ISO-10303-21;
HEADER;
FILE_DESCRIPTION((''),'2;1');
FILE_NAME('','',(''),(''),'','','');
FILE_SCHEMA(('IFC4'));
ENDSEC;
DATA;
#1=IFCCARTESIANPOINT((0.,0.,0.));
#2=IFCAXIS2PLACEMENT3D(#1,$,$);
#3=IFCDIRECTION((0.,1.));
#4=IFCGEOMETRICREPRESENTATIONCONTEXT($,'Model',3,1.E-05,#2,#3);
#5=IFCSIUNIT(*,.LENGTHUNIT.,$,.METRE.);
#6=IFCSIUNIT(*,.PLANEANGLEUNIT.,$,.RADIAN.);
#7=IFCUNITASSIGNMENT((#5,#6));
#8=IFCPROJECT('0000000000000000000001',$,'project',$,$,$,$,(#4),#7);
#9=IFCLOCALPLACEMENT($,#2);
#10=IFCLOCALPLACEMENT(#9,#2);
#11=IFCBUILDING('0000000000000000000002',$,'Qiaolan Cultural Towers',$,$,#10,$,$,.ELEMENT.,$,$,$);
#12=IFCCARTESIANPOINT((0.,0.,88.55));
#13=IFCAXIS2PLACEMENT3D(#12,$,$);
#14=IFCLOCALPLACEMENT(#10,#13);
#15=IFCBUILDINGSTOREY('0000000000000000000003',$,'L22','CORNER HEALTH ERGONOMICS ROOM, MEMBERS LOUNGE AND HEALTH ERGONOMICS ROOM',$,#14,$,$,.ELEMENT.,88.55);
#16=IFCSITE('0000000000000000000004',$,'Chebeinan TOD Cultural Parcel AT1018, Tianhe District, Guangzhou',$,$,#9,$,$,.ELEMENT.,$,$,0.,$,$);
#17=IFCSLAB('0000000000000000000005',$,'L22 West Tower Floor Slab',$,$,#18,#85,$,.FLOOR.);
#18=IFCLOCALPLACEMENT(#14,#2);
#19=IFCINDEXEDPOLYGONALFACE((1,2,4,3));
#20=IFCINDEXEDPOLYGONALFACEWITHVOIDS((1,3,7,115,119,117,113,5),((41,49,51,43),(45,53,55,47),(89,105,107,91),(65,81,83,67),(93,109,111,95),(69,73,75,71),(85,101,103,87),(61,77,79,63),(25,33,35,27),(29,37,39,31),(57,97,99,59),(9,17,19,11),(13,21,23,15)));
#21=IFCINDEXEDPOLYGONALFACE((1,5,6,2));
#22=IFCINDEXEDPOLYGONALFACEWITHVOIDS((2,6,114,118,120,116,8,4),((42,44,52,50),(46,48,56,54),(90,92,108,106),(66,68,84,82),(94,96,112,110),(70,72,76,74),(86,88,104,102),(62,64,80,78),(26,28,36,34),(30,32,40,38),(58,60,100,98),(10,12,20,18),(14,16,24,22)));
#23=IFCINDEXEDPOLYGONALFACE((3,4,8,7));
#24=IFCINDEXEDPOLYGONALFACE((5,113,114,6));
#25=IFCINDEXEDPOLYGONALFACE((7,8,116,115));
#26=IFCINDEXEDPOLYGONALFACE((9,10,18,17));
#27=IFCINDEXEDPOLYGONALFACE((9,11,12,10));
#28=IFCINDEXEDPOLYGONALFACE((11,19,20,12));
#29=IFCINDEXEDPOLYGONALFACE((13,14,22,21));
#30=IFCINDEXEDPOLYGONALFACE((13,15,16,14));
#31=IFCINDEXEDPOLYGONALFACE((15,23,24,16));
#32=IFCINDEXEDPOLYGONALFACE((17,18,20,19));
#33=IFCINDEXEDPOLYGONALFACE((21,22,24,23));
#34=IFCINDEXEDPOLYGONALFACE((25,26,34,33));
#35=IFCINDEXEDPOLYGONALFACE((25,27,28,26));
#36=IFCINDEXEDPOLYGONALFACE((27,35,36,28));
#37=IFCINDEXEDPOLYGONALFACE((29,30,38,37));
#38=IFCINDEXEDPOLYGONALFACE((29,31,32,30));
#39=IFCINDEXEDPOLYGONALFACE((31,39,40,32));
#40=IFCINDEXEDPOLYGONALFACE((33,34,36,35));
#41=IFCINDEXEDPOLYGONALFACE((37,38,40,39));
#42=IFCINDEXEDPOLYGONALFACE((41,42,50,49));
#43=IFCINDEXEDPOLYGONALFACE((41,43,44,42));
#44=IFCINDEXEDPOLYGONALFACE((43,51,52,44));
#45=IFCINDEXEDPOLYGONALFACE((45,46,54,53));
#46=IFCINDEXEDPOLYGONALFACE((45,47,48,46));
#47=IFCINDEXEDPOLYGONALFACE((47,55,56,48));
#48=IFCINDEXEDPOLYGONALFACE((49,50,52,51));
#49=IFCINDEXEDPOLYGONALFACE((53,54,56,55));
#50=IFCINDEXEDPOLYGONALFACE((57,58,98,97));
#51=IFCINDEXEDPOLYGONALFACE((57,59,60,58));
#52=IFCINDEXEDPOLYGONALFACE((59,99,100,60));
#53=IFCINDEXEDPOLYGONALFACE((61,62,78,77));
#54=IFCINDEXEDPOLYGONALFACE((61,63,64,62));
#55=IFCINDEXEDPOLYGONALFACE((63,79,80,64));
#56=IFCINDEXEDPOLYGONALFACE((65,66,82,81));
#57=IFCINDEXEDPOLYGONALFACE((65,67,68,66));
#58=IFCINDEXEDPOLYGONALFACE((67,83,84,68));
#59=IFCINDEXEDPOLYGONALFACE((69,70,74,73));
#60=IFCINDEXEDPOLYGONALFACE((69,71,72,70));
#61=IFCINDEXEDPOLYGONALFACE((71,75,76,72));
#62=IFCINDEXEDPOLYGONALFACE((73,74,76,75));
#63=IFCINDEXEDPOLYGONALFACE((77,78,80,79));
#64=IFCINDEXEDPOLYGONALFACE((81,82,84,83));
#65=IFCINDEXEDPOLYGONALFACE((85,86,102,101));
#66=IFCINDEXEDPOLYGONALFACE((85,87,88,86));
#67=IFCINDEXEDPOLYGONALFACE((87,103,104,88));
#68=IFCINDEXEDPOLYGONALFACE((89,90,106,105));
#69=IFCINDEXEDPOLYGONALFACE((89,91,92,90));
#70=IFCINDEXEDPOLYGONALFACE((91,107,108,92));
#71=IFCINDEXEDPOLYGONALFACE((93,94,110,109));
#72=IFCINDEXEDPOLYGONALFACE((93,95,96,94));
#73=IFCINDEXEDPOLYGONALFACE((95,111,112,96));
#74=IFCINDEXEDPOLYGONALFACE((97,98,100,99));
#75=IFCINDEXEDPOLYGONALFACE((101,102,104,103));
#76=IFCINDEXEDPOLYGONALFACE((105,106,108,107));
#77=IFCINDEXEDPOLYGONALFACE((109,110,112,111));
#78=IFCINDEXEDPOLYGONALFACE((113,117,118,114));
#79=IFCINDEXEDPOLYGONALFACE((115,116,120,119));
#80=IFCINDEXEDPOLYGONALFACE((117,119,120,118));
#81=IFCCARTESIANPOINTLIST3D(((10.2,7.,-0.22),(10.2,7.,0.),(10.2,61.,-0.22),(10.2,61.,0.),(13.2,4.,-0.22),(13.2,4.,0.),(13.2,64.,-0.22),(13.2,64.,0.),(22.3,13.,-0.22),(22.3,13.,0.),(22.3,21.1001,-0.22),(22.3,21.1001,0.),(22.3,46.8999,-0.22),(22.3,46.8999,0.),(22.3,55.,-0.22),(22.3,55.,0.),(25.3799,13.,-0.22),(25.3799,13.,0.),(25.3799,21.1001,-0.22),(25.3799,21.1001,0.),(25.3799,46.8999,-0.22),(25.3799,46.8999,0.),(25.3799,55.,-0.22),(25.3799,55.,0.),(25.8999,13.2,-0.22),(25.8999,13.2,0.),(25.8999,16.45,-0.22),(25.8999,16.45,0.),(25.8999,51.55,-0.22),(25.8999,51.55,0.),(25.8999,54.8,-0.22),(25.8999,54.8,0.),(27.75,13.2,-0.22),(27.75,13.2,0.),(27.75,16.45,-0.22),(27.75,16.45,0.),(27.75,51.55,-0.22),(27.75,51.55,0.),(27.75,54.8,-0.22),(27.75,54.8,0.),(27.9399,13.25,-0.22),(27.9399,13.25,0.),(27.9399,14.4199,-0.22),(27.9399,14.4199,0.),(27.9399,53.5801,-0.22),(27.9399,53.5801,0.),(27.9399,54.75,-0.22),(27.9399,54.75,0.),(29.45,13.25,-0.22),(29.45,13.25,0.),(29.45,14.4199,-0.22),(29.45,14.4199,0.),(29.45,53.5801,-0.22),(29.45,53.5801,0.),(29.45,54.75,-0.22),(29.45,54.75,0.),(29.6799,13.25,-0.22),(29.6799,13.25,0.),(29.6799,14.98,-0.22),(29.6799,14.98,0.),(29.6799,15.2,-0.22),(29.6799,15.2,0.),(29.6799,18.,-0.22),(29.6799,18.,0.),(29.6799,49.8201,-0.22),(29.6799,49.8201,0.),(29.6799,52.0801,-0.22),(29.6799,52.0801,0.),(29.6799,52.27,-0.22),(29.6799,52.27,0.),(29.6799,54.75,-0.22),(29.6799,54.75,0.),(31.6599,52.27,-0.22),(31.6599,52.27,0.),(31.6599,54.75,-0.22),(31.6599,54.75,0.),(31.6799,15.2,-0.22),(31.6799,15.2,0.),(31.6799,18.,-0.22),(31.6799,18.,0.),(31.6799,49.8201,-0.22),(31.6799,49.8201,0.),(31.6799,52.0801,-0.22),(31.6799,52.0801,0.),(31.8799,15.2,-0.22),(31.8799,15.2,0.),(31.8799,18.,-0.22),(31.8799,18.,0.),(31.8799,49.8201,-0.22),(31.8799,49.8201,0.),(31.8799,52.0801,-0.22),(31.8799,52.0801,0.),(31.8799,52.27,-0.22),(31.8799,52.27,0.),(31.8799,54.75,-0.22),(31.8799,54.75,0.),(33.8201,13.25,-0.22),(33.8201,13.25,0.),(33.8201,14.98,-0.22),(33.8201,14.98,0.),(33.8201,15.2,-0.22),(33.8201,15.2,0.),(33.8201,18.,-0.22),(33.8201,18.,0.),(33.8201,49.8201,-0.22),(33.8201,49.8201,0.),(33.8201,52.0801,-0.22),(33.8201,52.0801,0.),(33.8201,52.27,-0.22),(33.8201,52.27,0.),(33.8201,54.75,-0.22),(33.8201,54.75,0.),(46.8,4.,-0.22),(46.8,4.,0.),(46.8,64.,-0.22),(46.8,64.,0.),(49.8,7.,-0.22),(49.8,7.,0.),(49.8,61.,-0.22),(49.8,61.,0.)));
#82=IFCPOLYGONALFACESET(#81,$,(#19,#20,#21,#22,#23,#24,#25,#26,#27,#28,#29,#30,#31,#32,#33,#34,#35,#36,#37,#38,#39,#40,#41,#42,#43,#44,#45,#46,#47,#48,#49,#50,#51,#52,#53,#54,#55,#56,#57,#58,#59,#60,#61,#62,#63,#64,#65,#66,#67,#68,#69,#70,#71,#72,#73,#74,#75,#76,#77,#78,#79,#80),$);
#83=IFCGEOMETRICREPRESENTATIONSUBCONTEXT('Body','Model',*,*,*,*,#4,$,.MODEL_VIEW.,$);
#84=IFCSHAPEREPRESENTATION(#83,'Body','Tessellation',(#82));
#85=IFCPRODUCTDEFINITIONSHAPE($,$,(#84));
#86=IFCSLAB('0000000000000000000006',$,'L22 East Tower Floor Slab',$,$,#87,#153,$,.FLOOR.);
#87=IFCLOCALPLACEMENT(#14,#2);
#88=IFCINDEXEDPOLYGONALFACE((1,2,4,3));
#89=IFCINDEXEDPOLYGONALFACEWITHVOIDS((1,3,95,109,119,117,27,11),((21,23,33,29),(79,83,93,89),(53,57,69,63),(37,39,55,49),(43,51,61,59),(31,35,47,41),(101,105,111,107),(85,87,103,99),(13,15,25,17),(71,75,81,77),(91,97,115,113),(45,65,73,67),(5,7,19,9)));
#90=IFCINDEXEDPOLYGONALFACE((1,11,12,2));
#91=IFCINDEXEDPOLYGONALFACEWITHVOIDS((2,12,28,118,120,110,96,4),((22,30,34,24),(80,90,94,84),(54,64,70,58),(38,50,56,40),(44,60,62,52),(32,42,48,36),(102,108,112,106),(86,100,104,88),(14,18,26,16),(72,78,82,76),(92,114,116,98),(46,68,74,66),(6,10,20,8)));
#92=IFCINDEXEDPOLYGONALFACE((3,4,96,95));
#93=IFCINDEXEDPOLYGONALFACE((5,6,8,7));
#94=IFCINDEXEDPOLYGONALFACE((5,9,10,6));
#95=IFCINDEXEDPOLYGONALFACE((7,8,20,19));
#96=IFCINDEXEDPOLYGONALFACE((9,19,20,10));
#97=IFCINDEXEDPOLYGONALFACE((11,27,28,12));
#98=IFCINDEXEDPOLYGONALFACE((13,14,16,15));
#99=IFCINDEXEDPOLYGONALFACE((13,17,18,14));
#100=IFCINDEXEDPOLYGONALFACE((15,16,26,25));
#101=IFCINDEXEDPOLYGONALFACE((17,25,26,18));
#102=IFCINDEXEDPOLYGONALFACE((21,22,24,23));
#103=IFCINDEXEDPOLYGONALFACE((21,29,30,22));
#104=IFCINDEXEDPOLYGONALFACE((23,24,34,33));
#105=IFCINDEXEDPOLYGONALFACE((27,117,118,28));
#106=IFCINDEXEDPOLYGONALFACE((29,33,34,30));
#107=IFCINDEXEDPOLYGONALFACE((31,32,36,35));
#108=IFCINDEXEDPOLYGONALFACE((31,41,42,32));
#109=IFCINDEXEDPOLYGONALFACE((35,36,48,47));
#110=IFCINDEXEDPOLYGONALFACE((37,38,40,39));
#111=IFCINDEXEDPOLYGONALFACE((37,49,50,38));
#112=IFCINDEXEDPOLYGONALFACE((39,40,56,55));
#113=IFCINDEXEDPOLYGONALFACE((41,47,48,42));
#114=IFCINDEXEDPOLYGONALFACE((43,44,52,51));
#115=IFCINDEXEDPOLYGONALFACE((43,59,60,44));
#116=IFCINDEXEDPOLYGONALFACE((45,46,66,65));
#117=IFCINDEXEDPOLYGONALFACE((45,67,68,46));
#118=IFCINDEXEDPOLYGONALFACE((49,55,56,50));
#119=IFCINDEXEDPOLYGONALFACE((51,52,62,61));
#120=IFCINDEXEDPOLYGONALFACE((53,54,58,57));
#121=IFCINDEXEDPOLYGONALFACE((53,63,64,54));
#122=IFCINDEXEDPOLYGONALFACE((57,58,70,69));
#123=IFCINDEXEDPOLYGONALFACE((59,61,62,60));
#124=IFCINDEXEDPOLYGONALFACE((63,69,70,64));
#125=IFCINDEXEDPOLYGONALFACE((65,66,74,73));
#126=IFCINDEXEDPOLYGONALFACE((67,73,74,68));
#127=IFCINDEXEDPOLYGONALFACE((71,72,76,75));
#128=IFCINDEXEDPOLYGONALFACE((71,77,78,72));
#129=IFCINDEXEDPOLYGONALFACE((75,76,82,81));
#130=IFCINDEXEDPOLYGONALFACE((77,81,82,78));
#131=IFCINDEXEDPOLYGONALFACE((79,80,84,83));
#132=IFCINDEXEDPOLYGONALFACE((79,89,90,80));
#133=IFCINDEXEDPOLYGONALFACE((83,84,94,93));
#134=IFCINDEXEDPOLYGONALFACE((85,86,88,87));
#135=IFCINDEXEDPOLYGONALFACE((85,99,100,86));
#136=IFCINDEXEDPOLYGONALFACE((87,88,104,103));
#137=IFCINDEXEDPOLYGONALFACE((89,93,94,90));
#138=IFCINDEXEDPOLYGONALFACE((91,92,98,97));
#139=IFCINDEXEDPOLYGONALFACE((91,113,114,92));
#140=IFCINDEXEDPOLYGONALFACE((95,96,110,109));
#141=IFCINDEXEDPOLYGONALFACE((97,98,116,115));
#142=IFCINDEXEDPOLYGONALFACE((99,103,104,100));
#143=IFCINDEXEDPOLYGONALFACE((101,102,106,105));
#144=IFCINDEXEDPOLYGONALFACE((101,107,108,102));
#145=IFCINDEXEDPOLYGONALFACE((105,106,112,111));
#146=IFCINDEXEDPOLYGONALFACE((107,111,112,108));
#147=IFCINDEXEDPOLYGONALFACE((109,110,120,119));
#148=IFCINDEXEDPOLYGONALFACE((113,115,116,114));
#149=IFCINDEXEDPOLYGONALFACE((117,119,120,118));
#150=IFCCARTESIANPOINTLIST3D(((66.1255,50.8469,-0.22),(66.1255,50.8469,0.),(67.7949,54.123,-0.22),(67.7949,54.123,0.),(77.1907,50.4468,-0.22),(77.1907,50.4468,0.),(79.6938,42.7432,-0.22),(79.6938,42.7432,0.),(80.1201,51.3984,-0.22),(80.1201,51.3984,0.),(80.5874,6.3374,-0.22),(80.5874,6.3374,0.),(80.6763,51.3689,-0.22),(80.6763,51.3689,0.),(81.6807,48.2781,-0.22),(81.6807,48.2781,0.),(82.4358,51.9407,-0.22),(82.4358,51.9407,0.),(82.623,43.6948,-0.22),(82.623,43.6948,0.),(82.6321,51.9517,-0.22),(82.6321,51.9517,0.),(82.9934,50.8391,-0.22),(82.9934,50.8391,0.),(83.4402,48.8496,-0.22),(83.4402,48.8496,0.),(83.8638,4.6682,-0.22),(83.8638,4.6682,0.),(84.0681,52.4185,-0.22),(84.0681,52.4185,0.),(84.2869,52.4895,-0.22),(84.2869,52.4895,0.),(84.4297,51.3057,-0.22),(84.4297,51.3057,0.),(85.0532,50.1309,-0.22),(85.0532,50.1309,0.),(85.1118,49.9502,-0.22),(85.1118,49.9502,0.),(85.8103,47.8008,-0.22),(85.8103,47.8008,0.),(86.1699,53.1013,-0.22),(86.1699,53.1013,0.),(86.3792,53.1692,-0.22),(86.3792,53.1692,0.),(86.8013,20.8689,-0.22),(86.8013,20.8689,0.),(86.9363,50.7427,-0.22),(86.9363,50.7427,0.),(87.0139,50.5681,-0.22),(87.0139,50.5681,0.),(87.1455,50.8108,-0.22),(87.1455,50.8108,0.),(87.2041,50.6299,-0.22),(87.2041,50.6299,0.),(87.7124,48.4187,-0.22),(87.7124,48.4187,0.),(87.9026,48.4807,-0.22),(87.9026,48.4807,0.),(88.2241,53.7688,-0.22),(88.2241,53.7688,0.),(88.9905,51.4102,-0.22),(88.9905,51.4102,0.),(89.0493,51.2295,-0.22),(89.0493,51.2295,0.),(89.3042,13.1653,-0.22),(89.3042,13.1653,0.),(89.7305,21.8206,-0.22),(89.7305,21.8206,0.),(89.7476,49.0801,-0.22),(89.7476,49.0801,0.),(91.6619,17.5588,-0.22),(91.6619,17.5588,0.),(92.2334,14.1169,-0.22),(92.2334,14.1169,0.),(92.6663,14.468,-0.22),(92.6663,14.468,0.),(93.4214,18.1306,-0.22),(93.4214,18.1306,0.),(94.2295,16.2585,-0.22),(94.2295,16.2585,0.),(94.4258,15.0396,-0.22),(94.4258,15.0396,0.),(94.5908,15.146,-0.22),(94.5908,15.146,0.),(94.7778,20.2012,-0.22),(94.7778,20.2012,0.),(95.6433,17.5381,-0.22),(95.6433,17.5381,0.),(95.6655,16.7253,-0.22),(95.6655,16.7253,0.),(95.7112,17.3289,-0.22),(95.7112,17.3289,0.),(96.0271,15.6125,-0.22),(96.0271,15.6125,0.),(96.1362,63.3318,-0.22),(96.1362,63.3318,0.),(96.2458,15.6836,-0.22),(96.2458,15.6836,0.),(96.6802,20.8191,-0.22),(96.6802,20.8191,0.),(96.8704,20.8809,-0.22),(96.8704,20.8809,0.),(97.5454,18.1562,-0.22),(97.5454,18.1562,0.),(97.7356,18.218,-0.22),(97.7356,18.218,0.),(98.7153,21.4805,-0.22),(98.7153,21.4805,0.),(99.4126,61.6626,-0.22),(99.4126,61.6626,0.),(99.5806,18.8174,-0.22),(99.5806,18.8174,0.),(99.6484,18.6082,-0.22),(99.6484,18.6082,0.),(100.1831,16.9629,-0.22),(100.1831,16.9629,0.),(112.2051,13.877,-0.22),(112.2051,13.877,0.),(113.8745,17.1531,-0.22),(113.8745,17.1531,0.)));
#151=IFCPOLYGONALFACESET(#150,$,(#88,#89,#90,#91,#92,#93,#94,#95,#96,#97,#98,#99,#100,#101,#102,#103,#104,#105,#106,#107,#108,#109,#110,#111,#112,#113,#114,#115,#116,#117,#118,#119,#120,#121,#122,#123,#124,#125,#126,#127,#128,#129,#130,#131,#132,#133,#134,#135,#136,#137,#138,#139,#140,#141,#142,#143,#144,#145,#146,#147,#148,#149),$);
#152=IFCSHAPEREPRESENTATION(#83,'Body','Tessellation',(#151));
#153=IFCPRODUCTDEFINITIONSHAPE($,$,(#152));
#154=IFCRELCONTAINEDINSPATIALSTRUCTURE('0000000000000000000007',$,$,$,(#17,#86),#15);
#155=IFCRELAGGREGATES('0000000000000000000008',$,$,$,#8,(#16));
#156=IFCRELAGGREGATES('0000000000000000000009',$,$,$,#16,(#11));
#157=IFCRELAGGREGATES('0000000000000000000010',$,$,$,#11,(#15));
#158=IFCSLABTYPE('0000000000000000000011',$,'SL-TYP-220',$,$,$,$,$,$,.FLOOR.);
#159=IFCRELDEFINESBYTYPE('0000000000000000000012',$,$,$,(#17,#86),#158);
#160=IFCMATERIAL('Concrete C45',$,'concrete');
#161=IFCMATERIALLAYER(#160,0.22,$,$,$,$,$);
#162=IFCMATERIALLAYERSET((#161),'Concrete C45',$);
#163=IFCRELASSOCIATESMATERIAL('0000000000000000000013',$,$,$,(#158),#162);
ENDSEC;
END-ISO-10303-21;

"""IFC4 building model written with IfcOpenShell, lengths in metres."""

from ifc_helpers import new_model, si_unit, direction, frame, origin, place, context, subcontext, project, spatial, polyline, outline, extrude, material, layer, layer_set, type_object, element, save


model = new_model("IFC4")

# Units and contexts
model_context = context("Model", 3, precision=1e-05, world=origin(), true_north=direction((0.0, 1.0)))
body_context = subcontext(model_context, "Body", "Model", "MODEL_VIEW")
ifc_project = project(units=[si_unit("LENGTHUNIT", "METRE"), si_unit("PLANEANGLEUNIT", "RADIAN")], contexts=[model_context])

# Site, building, storey
site_placement = place(None, origin())
site = spatial("IfcSite", under=ifc_project, at=site_placement, Name="Chebeinan TOD Cultural Parcel AT1018, Tianhe District, Guangzhou", CompositionType="ELEMENT", RefElevation=0.0)
building_placement = place(site_placement, origin())
building = spatial("IfcBuilding", under=site, at=building_placement, Name="Qiaolan Cultural Towers", CompositionType="ELEMENT")
storey_placement = place(building_placement, frame((0.0, 0.0, 88.55)))
storey = spatial("IfcBuildingStorey", under=building, at=storey_placement, Name="L22", Description="CORNER HEALTH ERGONOMICS ROOM, MEMBERS LOUNGE AND HEALTH ERGONOMICS ROOM", CompositionType="ELEMENT", Elevation=88.55)

# Slabs
ifc_material_1 = material(Name="Concrete C45", Category="concrete")
ifc_layer_1 = layer(ifc_material_1, 0.22)
ifc_layer_set_1 = layer_set([ifc_layer_1], Name="Concrete C45")
slab_type_1 = type_object("IfcSlabType", Name="SL-TYP-220", PredefinedType="FLOOR", material=ifc_layer_set_1)
slab_1_placement = place(storey_placement, frame((0.0, 0.0, -0.22)))
element("IfcSlab", 1, at=slab_1_placement, inside=storey, type_object=slab_type_1, Name="L22 West Tower Floor Slab", PredefinedType="FLOOR", context=body_context, shape_type="SweptSolid", body=[
    extrude(outline(polyline([(13.2, 4.0), (46.8, 4.0), (49.8, 7.0), (49.8, 61.0), (46.8, 64.0), (13.2, 64.0), (10.2, 61.0), (10.2, 7.0), (13.2, 4.0)]), holes=[polyline([(22.3, 21.1001), (22.3, 13.0), (25.3799, 13.0), (25.3799, 21.1001), (22.3, 21.1001)]), polyline([(25.3799, 46.8999), (25.3799, 55.0), (22.3, 55.0), (22.3, 46.8999), (25.3799, 46.8999)]), polyline([(25.8999, 13.2), (27.75, 13.2), (27.75, 16.45), (25.8999, 16.45), (25.8999, 13.2)]), polyline([(27.9399, 13.25), (29.45, 13.25), (29.45, 14.4199), (27.9399, 14.4199), (27.9399, 13.25)]), polyline([(29.6799, 15.2), (31.6799, 15.2), (31.6799, 18.0), (29.6799, 18.0), (29.6799, 15.2)]), polyline([(31.8799, 15.2), (33.8201, 15.2), (33.8201, 18.0), (31.8799, 18.0), (31.8799, 15.2)]), polyline([(29.6799, 13.25), (33.8201, 13.25), (33.8201, 14.98), (29.6799, 14.98), (29.6799, 13.25)]), polyline([(25.8999, 51.55), (27.75, 51.55), (27.75, 54.8), (25.8999, 54.8), (25.8999, 51.55)]), polyline([(27.9399, 53.5801), (29.45, 53.5801), (29.45, 54.75), (27.9399, 54.75), (27.9399, 53.5801)]), polyline([(29.6799, 49.8201), (31.6799, 49.8201), (31.6799, 52.0801), (29.6799, 52.0801), (29.6799, 49.8201)]), polyline([(31.8799, 49.8201), (33.8201, 49.8201), (33.8201, 52.0801), (31.8799, 52.0801), (31.8799, 49.8201)]), polyline([(29.6799, 52.27), (31.6599, 52.27), (31.6599, 54.75), (29.6799, 54.75), (29.6799, 52.27)]), polyline([(31.8799, 52.27), (33.8201, 52.27), (33.8201, 54.75), (31.8799, 54.75), (31.8799, 52.27)])]), origin(), (0.0, 0.0, 1.0), 0.22),
])
slab_2_placement = place(storey_placement, frame((0.0, 0.0, -0.22)))
element("IfcSlab", 2, at=slab_2_placement, inside=storey, type_object=slab_type_1, Name="L22 East Tower Floor Slab", PredefinedType="FLOOR", context=body_context, shape_type="SweptSolid", body=[
    extrude(outline(polyline([(83.8638, 4.6682), (112.2051, 13.877), (113.8745, 17.1531), (99.4126, 61.6626), (96.1362, 63.3318), (67.7949, 54.123), (66.1255, 50.8469), (80.5874, 6.3374), (83.8638, 4.6682)]), holes=[polyline([(86.8013, 20.8689), (89.3042, 13.1653), (92.2334, 14.1169), (89.7305, 21.8206), (86.8013, 20.8689)]), polyline([(82.623, 43.6948), (80.1201, 51.3984), (77.1907, 50.4468), (79.6938, 42.7432), (82.623, 43.6948)]), polyline([(92.6663, 14.468), (94.4258, 15.0396), (93.4214, 18.1306), (91.6619, 17.5588), (92.6663, 14.468)]), polyline([(94.5908, 15.146), (96.0271, 15.6125), (95.6655, 16.7253), (94.2295, 16.2585), (94.5908, 15.146)]), polyline([(95.6433, 17.5381), (97.5454, 18.1562), (96.6802, 20.8191), (94.7778, 20.2012), (95.6433, 17.5381)]), polyline([(97.7356, 18.218), (99.5806, 18.8174), (98.7153, 21.4805), (96.8704, 20.8809), (97.7356, 18.218)]), polyline([(96.2458, 15.6836), (100.1831, 16.9629), (99.6484, 18.6082), (95.7112, 17.3289), (96.2458, 15.6836)]), polyline([(81.6807, 48.2781), (83.4402, 48.8496), (82.4358, 51.9407), (80.6763, 51.3689), (81.6807, 48.2781)]), polyline([(82.9934, 50.8391), (84.4297, 51.3057), (84.0681, 52.4185), (82.6321, 51.9517), (82.9934, 50.8391)]), polyline([(85.8103, 47.8008), (87.7124, 48.4187), (87.0139, 50.5681), (85.1118, 49.9502), (85.8103, 47.8008)]), polyline([(87.9026, 48.4807), (89.7476, 49.0801), (89.0493, 51.2295), (87.2041, 50.6299), (87.9026, 48.4807)]), polyline([(85.0532, 50.1309), (86.9363, 50.7427), (86.1699, 53.1013), (84.2869, 52.4895), (85.0532, 50.1309)]), polyline([(87.1455, 50.8108), (88.9905, 51.4102), (88.2241, 53.7688), (86.3792, 53.1692), (87.1455, 50.8108)])]), origin(), (0.0, 0.0, 1.0), 0.22),
])

save(model, "model.ifc")
